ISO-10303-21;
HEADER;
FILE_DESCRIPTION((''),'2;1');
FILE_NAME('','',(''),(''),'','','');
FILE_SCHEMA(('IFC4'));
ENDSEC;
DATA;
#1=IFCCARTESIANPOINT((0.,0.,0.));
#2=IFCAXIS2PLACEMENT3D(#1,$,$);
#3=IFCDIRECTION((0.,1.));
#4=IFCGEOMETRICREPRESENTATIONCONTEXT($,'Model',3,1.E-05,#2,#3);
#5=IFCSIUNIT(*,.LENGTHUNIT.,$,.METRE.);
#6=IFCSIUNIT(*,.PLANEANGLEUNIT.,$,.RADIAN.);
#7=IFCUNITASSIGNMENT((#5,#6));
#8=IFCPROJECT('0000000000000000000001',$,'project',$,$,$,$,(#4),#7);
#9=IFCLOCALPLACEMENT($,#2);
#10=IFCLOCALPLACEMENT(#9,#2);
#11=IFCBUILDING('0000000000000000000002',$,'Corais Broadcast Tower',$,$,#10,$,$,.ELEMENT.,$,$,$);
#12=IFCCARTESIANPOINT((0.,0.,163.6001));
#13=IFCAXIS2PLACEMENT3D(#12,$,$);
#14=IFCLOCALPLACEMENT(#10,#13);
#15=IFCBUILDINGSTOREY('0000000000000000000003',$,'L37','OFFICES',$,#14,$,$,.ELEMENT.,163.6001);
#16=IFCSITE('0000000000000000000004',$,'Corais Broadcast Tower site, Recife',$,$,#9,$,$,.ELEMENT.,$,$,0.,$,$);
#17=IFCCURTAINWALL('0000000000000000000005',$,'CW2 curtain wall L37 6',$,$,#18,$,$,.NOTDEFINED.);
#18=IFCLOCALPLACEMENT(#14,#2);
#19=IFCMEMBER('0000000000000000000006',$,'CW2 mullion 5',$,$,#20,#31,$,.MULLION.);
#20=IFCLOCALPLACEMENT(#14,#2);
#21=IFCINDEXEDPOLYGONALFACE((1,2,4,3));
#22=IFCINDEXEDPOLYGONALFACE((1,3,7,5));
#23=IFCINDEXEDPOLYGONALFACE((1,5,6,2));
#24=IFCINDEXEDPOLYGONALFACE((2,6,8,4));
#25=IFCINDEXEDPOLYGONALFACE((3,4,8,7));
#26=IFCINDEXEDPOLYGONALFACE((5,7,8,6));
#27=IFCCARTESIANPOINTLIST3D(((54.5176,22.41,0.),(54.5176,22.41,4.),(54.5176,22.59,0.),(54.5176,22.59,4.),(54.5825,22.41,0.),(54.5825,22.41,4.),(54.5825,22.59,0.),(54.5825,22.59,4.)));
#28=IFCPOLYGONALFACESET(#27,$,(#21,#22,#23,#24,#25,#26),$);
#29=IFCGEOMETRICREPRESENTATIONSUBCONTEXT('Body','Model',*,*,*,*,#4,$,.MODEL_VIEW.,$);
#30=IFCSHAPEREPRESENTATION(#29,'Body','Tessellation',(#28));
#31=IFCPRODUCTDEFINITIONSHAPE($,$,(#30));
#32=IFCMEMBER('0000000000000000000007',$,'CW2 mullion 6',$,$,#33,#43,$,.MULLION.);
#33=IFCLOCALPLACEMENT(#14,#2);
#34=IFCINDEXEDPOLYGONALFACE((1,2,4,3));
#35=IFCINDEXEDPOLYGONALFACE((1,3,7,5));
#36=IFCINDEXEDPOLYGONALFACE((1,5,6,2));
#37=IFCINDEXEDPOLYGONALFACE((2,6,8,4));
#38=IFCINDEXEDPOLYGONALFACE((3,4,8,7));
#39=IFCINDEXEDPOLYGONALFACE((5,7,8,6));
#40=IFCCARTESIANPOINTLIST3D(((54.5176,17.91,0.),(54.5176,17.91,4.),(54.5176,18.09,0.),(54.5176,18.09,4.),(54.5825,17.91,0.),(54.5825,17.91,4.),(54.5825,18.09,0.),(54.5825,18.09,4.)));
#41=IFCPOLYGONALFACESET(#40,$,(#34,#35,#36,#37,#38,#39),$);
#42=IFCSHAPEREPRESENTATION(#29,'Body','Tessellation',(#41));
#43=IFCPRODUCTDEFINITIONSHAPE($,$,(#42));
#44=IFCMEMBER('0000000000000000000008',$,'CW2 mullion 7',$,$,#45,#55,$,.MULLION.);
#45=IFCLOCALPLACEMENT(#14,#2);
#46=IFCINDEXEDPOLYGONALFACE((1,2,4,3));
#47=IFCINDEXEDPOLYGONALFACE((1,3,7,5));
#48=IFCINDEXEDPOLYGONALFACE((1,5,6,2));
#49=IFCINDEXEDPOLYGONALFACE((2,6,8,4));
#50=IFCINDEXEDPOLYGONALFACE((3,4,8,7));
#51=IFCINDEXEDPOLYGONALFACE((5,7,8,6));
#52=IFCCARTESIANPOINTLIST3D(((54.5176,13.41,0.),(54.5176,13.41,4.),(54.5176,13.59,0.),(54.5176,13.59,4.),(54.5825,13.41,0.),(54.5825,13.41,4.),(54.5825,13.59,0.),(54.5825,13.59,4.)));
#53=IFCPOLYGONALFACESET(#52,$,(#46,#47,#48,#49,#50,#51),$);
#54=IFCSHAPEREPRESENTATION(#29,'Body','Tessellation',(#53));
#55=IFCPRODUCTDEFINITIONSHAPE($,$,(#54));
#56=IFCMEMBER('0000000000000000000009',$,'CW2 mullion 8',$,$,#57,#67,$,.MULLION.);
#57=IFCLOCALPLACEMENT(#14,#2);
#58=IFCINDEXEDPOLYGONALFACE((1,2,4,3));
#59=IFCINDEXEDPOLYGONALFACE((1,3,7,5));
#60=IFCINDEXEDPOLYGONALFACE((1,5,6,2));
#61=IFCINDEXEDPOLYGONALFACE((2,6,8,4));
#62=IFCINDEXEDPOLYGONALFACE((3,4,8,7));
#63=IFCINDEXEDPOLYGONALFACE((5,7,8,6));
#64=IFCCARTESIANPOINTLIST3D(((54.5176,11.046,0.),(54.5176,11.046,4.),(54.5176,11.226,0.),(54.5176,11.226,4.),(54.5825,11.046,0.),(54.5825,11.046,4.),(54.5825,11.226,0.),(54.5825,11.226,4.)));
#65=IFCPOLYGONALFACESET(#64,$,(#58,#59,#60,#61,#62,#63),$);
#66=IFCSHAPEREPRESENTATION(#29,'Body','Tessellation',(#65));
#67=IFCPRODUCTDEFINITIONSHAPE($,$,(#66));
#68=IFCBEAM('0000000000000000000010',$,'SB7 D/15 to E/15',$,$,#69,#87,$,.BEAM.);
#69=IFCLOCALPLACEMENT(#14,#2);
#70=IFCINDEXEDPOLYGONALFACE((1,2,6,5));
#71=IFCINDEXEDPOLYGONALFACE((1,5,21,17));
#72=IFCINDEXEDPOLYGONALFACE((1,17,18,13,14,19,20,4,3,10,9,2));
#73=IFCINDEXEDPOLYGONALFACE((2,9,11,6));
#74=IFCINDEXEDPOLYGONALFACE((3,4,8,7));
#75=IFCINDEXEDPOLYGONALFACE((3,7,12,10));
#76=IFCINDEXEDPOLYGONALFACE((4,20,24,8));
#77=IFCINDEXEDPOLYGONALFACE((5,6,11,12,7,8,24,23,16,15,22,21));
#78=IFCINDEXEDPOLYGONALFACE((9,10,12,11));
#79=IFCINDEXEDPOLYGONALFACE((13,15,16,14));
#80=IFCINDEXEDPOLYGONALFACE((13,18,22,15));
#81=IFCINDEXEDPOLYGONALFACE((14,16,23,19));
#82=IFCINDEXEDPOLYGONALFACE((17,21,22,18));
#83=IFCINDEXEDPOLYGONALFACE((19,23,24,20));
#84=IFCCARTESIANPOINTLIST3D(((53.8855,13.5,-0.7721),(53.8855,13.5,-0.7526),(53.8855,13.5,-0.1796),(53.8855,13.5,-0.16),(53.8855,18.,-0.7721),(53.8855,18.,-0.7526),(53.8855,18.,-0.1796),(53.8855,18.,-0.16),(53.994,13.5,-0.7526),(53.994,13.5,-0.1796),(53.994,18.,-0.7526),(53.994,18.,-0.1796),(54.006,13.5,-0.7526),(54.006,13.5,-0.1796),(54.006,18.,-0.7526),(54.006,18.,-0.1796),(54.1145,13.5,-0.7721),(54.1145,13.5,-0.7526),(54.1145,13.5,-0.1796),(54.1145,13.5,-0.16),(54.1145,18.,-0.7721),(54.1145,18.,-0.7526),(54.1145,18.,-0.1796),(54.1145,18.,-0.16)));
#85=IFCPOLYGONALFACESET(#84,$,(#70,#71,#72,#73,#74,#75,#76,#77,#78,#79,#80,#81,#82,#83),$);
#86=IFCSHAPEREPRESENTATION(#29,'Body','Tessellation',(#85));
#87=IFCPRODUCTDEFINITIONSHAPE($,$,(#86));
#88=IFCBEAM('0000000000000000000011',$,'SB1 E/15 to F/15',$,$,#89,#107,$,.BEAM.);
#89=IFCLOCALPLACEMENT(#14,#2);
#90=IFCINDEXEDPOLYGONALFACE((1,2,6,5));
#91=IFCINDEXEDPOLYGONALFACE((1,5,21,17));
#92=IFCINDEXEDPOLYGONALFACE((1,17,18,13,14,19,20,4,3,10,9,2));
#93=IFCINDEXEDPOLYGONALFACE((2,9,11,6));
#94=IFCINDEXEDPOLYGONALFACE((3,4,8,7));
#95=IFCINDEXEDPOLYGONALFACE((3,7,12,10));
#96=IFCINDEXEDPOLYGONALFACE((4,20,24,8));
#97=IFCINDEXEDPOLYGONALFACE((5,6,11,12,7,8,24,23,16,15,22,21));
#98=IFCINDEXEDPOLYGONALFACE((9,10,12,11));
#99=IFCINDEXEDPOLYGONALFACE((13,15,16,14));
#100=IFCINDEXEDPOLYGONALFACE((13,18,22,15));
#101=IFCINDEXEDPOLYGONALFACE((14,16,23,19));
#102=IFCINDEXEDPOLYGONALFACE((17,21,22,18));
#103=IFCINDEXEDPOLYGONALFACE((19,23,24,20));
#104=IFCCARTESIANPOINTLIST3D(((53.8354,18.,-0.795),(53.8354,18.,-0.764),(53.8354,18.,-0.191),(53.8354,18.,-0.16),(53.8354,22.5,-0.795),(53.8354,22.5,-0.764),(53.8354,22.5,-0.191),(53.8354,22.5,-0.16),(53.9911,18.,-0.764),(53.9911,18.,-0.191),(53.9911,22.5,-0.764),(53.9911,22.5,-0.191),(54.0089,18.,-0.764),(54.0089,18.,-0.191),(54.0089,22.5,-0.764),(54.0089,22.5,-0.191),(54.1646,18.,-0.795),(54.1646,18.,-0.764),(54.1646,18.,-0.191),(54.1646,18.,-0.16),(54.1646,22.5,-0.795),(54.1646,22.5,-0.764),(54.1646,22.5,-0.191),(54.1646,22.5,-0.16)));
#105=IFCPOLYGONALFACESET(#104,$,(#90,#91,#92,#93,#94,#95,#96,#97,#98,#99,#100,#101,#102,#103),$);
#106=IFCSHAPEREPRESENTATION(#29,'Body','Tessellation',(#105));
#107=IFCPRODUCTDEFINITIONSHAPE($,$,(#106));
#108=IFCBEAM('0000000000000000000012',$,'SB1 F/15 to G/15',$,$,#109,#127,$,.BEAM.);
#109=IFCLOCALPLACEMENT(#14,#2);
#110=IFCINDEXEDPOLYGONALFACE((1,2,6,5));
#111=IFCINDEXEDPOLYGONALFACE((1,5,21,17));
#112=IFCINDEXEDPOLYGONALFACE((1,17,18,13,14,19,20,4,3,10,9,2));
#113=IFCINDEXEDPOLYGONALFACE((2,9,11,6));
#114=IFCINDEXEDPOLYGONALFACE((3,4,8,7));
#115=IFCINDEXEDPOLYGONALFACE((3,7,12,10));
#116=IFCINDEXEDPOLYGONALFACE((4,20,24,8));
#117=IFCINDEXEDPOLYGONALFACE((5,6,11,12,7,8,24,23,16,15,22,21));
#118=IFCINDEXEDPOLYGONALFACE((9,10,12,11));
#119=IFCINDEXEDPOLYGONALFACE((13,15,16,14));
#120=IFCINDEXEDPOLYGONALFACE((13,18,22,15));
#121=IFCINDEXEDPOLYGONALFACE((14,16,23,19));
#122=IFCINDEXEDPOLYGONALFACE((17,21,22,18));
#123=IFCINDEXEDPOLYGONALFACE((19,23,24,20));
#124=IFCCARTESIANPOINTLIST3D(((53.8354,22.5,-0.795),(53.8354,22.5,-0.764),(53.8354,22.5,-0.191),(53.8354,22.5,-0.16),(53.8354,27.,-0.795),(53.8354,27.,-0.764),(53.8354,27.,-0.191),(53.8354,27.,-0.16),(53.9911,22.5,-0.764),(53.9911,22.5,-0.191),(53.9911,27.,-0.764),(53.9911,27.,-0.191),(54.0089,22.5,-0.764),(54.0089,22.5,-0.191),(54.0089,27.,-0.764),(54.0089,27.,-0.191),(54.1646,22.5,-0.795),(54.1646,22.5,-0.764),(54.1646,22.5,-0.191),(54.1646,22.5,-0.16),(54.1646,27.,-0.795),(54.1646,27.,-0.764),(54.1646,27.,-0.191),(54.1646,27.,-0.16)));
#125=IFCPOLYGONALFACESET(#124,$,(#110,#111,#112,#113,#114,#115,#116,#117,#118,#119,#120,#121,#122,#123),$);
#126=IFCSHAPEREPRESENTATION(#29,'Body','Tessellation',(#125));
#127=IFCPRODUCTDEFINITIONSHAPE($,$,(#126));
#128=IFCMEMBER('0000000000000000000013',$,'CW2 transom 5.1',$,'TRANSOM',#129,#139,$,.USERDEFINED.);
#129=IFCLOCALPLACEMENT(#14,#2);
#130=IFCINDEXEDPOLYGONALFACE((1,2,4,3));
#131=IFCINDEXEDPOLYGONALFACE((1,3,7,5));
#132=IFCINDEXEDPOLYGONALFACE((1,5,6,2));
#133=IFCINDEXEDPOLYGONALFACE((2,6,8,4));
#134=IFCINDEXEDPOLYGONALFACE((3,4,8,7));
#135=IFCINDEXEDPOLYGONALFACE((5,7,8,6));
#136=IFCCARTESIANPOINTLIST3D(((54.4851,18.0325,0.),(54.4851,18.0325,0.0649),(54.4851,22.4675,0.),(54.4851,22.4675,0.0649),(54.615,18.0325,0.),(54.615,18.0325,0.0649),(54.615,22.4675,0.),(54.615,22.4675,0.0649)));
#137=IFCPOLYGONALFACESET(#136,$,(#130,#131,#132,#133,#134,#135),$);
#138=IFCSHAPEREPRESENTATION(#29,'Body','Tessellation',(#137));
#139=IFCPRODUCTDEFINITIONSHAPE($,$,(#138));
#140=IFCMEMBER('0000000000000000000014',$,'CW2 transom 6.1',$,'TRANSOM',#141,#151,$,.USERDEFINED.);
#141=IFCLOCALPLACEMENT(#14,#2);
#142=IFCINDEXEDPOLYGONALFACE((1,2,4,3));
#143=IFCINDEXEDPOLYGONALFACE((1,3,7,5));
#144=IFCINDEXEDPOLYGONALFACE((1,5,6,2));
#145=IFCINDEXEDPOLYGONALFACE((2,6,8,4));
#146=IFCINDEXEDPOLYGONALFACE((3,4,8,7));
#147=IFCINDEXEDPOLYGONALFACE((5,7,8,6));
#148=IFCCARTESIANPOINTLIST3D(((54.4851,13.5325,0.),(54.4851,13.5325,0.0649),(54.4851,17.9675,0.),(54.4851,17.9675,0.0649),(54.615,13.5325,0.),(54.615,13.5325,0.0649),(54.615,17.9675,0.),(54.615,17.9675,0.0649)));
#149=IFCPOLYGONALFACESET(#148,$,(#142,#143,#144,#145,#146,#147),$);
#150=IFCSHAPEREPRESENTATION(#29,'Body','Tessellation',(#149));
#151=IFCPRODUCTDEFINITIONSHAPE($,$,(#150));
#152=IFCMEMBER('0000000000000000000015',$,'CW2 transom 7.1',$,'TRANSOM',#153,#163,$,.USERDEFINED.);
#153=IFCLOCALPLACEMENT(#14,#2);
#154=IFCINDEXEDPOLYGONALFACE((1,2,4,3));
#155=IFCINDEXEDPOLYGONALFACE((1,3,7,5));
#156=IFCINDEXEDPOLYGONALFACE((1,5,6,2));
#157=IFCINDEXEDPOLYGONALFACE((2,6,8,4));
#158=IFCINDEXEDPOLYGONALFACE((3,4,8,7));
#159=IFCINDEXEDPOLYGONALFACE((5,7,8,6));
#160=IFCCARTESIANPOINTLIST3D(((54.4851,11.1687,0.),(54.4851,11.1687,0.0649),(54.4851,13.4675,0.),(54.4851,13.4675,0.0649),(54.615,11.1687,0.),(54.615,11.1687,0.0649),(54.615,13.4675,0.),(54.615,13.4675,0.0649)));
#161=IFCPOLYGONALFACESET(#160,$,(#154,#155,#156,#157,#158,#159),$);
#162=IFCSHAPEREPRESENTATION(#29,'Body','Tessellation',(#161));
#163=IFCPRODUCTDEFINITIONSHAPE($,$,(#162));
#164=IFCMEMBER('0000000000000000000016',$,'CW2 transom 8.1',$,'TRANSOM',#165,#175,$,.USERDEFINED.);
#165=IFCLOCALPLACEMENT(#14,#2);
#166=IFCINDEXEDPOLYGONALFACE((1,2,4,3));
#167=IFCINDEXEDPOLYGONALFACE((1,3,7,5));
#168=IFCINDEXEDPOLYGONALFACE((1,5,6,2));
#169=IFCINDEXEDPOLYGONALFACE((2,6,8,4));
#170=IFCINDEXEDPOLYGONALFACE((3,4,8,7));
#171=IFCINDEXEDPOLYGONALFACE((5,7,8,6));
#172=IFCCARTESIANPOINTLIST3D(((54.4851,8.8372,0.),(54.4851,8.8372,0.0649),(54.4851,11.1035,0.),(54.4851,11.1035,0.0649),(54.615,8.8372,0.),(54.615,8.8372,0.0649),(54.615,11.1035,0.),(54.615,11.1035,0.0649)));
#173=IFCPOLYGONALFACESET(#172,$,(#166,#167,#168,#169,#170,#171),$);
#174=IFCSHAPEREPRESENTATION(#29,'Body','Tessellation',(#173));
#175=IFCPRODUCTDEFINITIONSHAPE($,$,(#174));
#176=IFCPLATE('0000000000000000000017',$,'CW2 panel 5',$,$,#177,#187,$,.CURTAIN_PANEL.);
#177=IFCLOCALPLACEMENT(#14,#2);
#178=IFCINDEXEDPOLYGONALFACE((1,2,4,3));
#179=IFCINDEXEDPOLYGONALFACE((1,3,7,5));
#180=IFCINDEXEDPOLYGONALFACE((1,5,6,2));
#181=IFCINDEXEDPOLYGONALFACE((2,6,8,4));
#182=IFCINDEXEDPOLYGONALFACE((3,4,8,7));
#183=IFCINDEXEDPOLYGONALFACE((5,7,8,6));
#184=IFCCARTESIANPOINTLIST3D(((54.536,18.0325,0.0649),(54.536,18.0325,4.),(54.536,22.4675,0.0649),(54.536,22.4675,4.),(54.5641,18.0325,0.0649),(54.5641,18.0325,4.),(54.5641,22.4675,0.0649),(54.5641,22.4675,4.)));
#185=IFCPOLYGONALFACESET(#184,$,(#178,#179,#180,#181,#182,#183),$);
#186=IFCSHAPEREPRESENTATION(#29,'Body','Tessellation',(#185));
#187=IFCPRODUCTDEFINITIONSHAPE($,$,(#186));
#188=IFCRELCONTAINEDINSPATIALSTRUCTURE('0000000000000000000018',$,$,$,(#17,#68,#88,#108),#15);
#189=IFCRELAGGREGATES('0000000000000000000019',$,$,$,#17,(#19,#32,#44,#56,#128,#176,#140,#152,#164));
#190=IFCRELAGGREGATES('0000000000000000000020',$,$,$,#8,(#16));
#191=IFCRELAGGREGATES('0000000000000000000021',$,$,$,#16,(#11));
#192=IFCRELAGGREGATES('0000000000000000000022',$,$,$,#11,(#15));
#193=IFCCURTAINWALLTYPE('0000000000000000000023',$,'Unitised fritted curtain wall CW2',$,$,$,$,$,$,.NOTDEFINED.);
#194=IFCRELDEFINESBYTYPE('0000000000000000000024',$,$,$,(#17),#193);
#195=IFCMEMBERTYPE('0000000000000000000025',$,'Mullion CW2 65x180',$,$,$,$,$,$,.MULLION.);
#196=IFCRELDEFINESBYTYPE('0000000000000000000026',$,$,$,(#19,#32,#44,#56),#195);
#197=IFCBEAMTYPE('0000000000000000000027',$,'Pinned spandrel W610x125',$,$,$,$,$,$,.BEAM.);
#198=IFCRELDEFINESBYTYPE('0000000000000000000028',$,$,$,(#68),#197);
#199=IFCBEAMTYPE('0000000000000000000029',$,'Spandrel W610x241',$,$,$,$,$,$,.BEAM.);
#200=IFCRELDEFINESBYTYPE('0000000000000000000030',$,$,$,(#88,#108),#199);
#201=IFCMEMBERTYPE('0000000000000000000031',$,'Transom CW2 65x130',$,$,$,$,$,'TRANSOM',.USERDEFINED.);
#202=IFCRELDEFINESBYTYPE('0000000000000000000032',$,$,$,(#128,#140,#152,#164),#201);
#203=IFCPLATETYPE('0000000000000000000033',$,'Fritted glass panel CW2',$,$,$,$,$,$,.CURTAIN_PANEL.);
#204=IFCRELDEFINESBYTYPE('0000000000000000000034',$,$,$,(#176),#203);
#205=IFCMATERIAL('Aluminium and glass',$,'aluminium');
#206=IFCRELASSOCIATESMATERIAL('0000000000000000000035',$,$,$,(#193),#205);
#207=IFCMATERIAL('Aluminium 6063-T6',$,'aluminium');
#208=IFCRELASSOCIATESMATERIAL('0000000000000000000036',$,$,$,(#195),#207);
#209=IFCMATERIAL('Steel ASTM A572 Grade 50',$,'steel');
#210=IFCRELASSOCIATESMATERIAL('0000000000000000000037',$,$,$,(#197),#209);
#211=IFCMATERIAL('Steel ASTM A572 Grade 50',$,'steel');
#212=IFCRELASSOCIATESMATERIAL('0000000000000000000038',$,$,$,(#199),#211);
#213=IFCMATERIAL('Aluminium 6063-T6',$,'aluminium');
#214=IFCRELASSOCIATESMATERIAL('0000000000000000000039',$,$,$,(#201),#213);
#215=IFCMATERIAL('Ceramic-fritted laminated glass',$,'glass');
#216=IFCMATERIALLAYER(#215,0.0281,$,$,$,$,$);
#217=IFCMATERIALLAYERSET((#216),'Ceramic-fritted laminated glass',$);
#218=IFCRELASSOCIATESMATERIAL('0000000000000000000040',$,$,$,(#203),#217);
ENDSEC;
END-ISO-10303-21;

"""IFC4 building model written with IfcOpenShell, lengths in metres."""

from ifc_helpers import new_model, si_unit, direction, frame, origin, origin_2d, place, context, subcontext, project, spatial, rectangle, i_section, extrude, material, layer, layer_set, material_profile, profile_set, type_object, element, aggregate, save


model = new_model("IFC4")

# Units and contexts
model_context = context("Model", 3, precision=1e-05, world=origin(), true_north=direction((0.0, 1.0)))
body_context = subcontext(model_context, "Body", "Model", "MODEL_VIEW")
ifc_project = project(units=[si_unit("LENGTHUNIT", "METRE"), si_unit("PLANEANGLEUNIT", "RADIAN")], contexts=[model_context])

# Site, building, storey
site_placement = place(None, origin())
site = spatial("IfcSite", under=ifc_project, at=site_placement, Name="Corais Broadcast Tower site, Recife", CompositionType="ELEMENT", RefElevation=0.0)
building_placement = place(site_placement, origin())
building = spatial("IfcBuilding", under=site, at=building_placement, Name="Corais Broadcast Tower", CompositionType="ELEMENT")
storey_placement = place(building_placement, frame((0.0, 0.0, 163.6001)))
storey = spatial("IfcBuildingStorey", under=building, at=storey_placement, Name="L37", Description="OFFICES", CompositionType="ELEMENT", Elevation=163.6001)

# Curtain wall, members
ifc_material_1 = material(Name="Aluminium and glass", Category="aluminium")
curtain_wall_type = type_object("IfcCurtainWallType", Name="Unitised fritted curtain wall CW2", PredefinedType="NOTDEFINED", material=ifc_material_1)
curtain_wall_placement = place(storey_placement, origin())
curtain_wall = element("IfcCurtainWall", 1, at=curtain_wall_placement, inside=storey, type_object=curtain_wall_type, Name="CW2 curtain wall L37 6", PredefinedType="NOTDEFINED")
ifc_material_2 = material(Name="Aluminium 6063-T6", Category="aluminium")
ifc_material_profile_1 = material_profile(ifc_material_2, rectangle(XDim=0.0649, YDim=0.1799, at=origin_2d()), Name="Mullion CW2 65x180")
ifc_profile_set_1 = profile_set([ifc_material_profile_1], Name="Aluminium 6063-T6")
member_type_1 = type_object("IfcMemberType", Name="Mullion CW2 65x180", PredefinedType="MULLION", material=ifc_profile_set_1)
member_1_placement = place(storey_placement, frame((54.55, 22.5, 0.0), z_axis=(0.0, 0.0, 1.0), x_axis=(1.0, 0.0, 0.0)))
member_1 = element("IfcMember", 2, at=member_1_placement, type_object=member_type_1, Name="CW2 mullion 5", PredefinedType="MULLION", context=body_context, shape_type="SweptSolid", body=[
    extrude(rectangle(XDim=0.0649, YDim=0.1799, at=origin_2d()), origin(), (0.0, 0.0, 1.0), 4.0),
])
member_2_placement = place(storey_placement, frame((54.55, 18.0, 0.0), z_axis=(0.0, 0.0, 1.0), x_axis=(1.0, 0.0, 0.0)))
member_2 = element("IfcMember", 3, at=member_2_placement, type_object=member_type_1, Name="CW2 mullion 6", PredefinedType="MULLION", context=body_context, shape_type="SweptSolid", body=[
    extrude(rectangle(XDim=0.0649, YDim=0.1799, at=origin_2d()), origin(), (0.0, 0.0, 1.0), 4.0),
])
member_3_placement = place(storey_placement, frame((54.55, 13.5, 0.0), z_axis=(0.0, 0.0, 1.0), x_axis=(1.0, 0.0, 0.0)))
member_3 = element("IfcMember", 4, at=member_3_placement, type_object=member_type_1, Name="CW2 mullion 7", PredefinedType="MULLION", context=body_context, shape_type="SweptSolid", body=[
    extrude(rectangle(XDim=0.0649, YDim=0.1799, at=origin_2d()), origin(), (0.0, 0.0, 1.0), 4.0),
])
member_4_placement = place(storey_placement, frame((54.55, 11.136, 0.0), z_axis=(0.0, 0.0, 1.0), x_axis=(1.0, 0.0, 0.0)))
member_4 = element("IfcMember", 5, at=member_4_placement, type_object=member_type_1, Name="CW2 mullion 8", PredefinedType="MULLION", context=body_context, shape_type="SweptSolid", body=[
    extrude(rectangle(XDim=0.0649, YDim=0.1799, at=origin_2d()), origin(), (0.0, 0.0, 1.0), 4.0),
])

# Beams
ifc_material_3 = material(Name="Steel ASTM A572 Grade 50", Category="steel")
ifc_material_profile_2 = material_profile(ifc_material_3, i_section(OverallWidth=0.229, OverallDepth=0.6121, WebThickness=0.012, FlangeThickness=0.0195, at=origin_2d()), Name="W610x125")
ifc_profile_set_2 = profile_set([ifc_material_profile_2], Name="Steel ASTM A572 Grade 50")
beam_type_1 = type_object("IfcBeamType", Name="Pinned spandrel W610x125", PredefinedType="BEAM", material=ifc_profile_set_2)
beam_1_placement = place(storey_placement, frame((54.0, 13.5, -0.4661), z_axis=(0.0, 1.0, 0.0), x_axis=(-1.0, 0.0, 0.0)))
element("IfcBeam", 6, at=beam_1_placement, inside=storey, type_object=beam_type_1, Name="SB7 D/15 to E/15", PredefinedType="BEAM", context=body_context, shape_type="SweptSolid", body=[
    extrude(i_section(OverallWidth=0.229, OverallDepth=0.6121, WebThickness=0.012, FlangeThickness=0.0195, at=origin_2d()), origin(), (0.0, 0.0, 1.0), 4.5),
])
ifc_material_4 = material(Name="Steel ASTM A572 Grade 50", Category="steel")
ifc_material_profile_3 = material_profile(ifc_material_4, i_section(OverallWidth=0.3291, OverallDepth=0.635, WebThickness=0.0178, FlangeThickness=0.031, at=origin_2d()), Name="W610x241")
ifc_profile_set_3 = profile_set([ifc_material_profile_3], Name="Steel ASTM A572 Grade 50")
beam_type_2 = type_object("IfcBeamType", Name="Spandrel W610x241", PredefinedType="BEAM", material=ifc_profile_set_3)
for number, where, z_axis, x_axis, name in (
    (7, (54.0, 18.0, -0.4775), (0.0, 1.0, 0.0), (-1.0, 0.0, 0.0), "SB1 E/15 to F/15"),
    (8, (54.0, 22.5, -0.4775), (0.0, 1.0, 0.0), (-1.0, 0.0, 0.0), "SB1 F/15 to G/15"),
):
    element("IfcBeam", number, at=place(storey_placement, frame(where, z_axis=z_axis, x_axis=x_axis)), inside=storey, type_object=beam_type_2, Name=name, PredefinedType="BEAM", context=body_context, shape_type="SweptSolid", body=[
        extrude(i_section(OverallWidth=0.3291, OverallDepth=0.635, WebThickness=0.0178, FlangeThickness=0.031, at=origin_2d()), origin(), (0.0, 0.0, 1.0), 4.5),
    ])

# Members
ifc_material_5 = material(Name="Aluminium 6063-T6", Category="aluminium")
ifc_material_profile_4 = material_profile(ifc_material_5, rectangle(XDim=0.1299, YDim=0.0649, at=origin_2d()), Name="Transom CW2 65x130")
ifc_profile_set_4 = profile_set([ifc_material_profile_4], Name="Aluminium 6063-T6")
member_type_2 = type_object("IfcMemberType", Name="Transom CW2 65x130", ElementType="TRANSOM", PredefinedType="USERDEFINED", material=ifc_profile_set_4)
member_5_placement = place(storey_placement, frame((54.55, 22.4675, 0.0325), z_axis=(0.0, -1.0, 0.0), x_axis=(1.0, 0.0, 0.0)))
member_5 = element("IfcMember", 9, at=member_5_placement, type_object=member_type_2, Name="CW2 transom 5.1", ObjectType="TRANSOM", PredefinedType="USERDEFINED", context=body_context, shape_type="SweptSolid", body=[
    extrude(rectangle(XDim=0.1299, YDim=0.0649, at=origin_2d()), origin(), (0.0, 0.0, 1.0), 4.4351),
])
member_6_placement = place(storey_placement, frame((54.55, 17.9675, 0.0325), z_axis=(0.0, -1.0, 0.0), x_axis=(1.0, 0.0, 0.0)))
member_6 = element("IfcMember", 10, at=member_6_placement, type_object=member_type_2, Name="CW2 transom 6.1", ObjectType="TRANSOM", PredefinedType="USERDEFINED", context=body_context, shape_type="SweptSolid", body=[
    extrude(rectangle(XDim=0.1299, YDim=0.0649, at=origin_2d()), origin(), (0.0, 0.0, 1.0), 4.4351),
])
member_7_placement = place(storey_placement, frame((54.55, 13.4675, 0.0325), z_axis=(0.0, -1.0, 0.0), x_axis=(1.0, 0.0, 0.0)))
member_7 = element("IfcMember", 11, at=member_7_placement, type_object=member_type_2, Name="CW2 transom 7.1", ObjectType="TRANSOM", PredefinedType="USERDEFINED", context=body_context, shape_type="SweptSolid", body=[
    extrude(rectangle(XDim=0.1299, YDim=0.0649, at=origin_2d()), origin(), (0.0, 0.0, 1.0), 2.2988),
])
member_8_placement = place(storey_placement, frame((54.55, 11.1035, 0.0325), z_axis=(0.0, -1.0, 0.0), x_axis=(1.0, 0.0, 0.0)))
member_8 = element("IfcMember", 12, at=member_8_placement, type_object=member_type_2, Name="CW2 transom 8.1", ObjectType="TRANSOM", PredefinedType="USERDEFINED", context=body_context, shape_type="SweptSolid", body=[
    extrude(rectangle(XDim=0.1299, YDim=0.0649, at=origin_2d()), origin(), (0.0, 0.0, 1.0), 2.2664),
])

# Plate
ifc_material_6 = material(Name="Ceramic-fritted laminated glass", Category="glass")
ifc_layer_1 = layer(ifc_material_6, 0.0281)
ifc_layer_set_1 = layer_set([ifc_layer_1], Name="Ceramic-fritted laminated glass")
plate_type_1 = type_object("IfcPlateType", Name="Fritted glass panel CW2", PredefinedType="CURTAIN_PANEL", material=ifc_layer_set_1)
plate_1_placement = place(storey_placement, frame((54.55, 20.25, 0.0649), z_axis=(0.0, 0.0, 1.0), x_axis=(0.0, -1.0, 0.0)))
plate_1 = element("IfcPlate", 13, at=plate_1_placement, type_object=plate_type_1, Name="CW2 panel 5", PredefinedType="CURTAIN_PANEL", context=body_context, shape_type="SweptSolid", body=[
    extrude(rectangle(XDim=4.4351, YDim=0.0281, at=origin_2d()), origin(), (0.0, 0.0, 1.0), 3.9351),
])
aggregate(curtain_wall, [member_1, member_2, member_3, member_4, member_5, plate_1, member_6, member_7, member_8])

save(model, "model.ifc")
